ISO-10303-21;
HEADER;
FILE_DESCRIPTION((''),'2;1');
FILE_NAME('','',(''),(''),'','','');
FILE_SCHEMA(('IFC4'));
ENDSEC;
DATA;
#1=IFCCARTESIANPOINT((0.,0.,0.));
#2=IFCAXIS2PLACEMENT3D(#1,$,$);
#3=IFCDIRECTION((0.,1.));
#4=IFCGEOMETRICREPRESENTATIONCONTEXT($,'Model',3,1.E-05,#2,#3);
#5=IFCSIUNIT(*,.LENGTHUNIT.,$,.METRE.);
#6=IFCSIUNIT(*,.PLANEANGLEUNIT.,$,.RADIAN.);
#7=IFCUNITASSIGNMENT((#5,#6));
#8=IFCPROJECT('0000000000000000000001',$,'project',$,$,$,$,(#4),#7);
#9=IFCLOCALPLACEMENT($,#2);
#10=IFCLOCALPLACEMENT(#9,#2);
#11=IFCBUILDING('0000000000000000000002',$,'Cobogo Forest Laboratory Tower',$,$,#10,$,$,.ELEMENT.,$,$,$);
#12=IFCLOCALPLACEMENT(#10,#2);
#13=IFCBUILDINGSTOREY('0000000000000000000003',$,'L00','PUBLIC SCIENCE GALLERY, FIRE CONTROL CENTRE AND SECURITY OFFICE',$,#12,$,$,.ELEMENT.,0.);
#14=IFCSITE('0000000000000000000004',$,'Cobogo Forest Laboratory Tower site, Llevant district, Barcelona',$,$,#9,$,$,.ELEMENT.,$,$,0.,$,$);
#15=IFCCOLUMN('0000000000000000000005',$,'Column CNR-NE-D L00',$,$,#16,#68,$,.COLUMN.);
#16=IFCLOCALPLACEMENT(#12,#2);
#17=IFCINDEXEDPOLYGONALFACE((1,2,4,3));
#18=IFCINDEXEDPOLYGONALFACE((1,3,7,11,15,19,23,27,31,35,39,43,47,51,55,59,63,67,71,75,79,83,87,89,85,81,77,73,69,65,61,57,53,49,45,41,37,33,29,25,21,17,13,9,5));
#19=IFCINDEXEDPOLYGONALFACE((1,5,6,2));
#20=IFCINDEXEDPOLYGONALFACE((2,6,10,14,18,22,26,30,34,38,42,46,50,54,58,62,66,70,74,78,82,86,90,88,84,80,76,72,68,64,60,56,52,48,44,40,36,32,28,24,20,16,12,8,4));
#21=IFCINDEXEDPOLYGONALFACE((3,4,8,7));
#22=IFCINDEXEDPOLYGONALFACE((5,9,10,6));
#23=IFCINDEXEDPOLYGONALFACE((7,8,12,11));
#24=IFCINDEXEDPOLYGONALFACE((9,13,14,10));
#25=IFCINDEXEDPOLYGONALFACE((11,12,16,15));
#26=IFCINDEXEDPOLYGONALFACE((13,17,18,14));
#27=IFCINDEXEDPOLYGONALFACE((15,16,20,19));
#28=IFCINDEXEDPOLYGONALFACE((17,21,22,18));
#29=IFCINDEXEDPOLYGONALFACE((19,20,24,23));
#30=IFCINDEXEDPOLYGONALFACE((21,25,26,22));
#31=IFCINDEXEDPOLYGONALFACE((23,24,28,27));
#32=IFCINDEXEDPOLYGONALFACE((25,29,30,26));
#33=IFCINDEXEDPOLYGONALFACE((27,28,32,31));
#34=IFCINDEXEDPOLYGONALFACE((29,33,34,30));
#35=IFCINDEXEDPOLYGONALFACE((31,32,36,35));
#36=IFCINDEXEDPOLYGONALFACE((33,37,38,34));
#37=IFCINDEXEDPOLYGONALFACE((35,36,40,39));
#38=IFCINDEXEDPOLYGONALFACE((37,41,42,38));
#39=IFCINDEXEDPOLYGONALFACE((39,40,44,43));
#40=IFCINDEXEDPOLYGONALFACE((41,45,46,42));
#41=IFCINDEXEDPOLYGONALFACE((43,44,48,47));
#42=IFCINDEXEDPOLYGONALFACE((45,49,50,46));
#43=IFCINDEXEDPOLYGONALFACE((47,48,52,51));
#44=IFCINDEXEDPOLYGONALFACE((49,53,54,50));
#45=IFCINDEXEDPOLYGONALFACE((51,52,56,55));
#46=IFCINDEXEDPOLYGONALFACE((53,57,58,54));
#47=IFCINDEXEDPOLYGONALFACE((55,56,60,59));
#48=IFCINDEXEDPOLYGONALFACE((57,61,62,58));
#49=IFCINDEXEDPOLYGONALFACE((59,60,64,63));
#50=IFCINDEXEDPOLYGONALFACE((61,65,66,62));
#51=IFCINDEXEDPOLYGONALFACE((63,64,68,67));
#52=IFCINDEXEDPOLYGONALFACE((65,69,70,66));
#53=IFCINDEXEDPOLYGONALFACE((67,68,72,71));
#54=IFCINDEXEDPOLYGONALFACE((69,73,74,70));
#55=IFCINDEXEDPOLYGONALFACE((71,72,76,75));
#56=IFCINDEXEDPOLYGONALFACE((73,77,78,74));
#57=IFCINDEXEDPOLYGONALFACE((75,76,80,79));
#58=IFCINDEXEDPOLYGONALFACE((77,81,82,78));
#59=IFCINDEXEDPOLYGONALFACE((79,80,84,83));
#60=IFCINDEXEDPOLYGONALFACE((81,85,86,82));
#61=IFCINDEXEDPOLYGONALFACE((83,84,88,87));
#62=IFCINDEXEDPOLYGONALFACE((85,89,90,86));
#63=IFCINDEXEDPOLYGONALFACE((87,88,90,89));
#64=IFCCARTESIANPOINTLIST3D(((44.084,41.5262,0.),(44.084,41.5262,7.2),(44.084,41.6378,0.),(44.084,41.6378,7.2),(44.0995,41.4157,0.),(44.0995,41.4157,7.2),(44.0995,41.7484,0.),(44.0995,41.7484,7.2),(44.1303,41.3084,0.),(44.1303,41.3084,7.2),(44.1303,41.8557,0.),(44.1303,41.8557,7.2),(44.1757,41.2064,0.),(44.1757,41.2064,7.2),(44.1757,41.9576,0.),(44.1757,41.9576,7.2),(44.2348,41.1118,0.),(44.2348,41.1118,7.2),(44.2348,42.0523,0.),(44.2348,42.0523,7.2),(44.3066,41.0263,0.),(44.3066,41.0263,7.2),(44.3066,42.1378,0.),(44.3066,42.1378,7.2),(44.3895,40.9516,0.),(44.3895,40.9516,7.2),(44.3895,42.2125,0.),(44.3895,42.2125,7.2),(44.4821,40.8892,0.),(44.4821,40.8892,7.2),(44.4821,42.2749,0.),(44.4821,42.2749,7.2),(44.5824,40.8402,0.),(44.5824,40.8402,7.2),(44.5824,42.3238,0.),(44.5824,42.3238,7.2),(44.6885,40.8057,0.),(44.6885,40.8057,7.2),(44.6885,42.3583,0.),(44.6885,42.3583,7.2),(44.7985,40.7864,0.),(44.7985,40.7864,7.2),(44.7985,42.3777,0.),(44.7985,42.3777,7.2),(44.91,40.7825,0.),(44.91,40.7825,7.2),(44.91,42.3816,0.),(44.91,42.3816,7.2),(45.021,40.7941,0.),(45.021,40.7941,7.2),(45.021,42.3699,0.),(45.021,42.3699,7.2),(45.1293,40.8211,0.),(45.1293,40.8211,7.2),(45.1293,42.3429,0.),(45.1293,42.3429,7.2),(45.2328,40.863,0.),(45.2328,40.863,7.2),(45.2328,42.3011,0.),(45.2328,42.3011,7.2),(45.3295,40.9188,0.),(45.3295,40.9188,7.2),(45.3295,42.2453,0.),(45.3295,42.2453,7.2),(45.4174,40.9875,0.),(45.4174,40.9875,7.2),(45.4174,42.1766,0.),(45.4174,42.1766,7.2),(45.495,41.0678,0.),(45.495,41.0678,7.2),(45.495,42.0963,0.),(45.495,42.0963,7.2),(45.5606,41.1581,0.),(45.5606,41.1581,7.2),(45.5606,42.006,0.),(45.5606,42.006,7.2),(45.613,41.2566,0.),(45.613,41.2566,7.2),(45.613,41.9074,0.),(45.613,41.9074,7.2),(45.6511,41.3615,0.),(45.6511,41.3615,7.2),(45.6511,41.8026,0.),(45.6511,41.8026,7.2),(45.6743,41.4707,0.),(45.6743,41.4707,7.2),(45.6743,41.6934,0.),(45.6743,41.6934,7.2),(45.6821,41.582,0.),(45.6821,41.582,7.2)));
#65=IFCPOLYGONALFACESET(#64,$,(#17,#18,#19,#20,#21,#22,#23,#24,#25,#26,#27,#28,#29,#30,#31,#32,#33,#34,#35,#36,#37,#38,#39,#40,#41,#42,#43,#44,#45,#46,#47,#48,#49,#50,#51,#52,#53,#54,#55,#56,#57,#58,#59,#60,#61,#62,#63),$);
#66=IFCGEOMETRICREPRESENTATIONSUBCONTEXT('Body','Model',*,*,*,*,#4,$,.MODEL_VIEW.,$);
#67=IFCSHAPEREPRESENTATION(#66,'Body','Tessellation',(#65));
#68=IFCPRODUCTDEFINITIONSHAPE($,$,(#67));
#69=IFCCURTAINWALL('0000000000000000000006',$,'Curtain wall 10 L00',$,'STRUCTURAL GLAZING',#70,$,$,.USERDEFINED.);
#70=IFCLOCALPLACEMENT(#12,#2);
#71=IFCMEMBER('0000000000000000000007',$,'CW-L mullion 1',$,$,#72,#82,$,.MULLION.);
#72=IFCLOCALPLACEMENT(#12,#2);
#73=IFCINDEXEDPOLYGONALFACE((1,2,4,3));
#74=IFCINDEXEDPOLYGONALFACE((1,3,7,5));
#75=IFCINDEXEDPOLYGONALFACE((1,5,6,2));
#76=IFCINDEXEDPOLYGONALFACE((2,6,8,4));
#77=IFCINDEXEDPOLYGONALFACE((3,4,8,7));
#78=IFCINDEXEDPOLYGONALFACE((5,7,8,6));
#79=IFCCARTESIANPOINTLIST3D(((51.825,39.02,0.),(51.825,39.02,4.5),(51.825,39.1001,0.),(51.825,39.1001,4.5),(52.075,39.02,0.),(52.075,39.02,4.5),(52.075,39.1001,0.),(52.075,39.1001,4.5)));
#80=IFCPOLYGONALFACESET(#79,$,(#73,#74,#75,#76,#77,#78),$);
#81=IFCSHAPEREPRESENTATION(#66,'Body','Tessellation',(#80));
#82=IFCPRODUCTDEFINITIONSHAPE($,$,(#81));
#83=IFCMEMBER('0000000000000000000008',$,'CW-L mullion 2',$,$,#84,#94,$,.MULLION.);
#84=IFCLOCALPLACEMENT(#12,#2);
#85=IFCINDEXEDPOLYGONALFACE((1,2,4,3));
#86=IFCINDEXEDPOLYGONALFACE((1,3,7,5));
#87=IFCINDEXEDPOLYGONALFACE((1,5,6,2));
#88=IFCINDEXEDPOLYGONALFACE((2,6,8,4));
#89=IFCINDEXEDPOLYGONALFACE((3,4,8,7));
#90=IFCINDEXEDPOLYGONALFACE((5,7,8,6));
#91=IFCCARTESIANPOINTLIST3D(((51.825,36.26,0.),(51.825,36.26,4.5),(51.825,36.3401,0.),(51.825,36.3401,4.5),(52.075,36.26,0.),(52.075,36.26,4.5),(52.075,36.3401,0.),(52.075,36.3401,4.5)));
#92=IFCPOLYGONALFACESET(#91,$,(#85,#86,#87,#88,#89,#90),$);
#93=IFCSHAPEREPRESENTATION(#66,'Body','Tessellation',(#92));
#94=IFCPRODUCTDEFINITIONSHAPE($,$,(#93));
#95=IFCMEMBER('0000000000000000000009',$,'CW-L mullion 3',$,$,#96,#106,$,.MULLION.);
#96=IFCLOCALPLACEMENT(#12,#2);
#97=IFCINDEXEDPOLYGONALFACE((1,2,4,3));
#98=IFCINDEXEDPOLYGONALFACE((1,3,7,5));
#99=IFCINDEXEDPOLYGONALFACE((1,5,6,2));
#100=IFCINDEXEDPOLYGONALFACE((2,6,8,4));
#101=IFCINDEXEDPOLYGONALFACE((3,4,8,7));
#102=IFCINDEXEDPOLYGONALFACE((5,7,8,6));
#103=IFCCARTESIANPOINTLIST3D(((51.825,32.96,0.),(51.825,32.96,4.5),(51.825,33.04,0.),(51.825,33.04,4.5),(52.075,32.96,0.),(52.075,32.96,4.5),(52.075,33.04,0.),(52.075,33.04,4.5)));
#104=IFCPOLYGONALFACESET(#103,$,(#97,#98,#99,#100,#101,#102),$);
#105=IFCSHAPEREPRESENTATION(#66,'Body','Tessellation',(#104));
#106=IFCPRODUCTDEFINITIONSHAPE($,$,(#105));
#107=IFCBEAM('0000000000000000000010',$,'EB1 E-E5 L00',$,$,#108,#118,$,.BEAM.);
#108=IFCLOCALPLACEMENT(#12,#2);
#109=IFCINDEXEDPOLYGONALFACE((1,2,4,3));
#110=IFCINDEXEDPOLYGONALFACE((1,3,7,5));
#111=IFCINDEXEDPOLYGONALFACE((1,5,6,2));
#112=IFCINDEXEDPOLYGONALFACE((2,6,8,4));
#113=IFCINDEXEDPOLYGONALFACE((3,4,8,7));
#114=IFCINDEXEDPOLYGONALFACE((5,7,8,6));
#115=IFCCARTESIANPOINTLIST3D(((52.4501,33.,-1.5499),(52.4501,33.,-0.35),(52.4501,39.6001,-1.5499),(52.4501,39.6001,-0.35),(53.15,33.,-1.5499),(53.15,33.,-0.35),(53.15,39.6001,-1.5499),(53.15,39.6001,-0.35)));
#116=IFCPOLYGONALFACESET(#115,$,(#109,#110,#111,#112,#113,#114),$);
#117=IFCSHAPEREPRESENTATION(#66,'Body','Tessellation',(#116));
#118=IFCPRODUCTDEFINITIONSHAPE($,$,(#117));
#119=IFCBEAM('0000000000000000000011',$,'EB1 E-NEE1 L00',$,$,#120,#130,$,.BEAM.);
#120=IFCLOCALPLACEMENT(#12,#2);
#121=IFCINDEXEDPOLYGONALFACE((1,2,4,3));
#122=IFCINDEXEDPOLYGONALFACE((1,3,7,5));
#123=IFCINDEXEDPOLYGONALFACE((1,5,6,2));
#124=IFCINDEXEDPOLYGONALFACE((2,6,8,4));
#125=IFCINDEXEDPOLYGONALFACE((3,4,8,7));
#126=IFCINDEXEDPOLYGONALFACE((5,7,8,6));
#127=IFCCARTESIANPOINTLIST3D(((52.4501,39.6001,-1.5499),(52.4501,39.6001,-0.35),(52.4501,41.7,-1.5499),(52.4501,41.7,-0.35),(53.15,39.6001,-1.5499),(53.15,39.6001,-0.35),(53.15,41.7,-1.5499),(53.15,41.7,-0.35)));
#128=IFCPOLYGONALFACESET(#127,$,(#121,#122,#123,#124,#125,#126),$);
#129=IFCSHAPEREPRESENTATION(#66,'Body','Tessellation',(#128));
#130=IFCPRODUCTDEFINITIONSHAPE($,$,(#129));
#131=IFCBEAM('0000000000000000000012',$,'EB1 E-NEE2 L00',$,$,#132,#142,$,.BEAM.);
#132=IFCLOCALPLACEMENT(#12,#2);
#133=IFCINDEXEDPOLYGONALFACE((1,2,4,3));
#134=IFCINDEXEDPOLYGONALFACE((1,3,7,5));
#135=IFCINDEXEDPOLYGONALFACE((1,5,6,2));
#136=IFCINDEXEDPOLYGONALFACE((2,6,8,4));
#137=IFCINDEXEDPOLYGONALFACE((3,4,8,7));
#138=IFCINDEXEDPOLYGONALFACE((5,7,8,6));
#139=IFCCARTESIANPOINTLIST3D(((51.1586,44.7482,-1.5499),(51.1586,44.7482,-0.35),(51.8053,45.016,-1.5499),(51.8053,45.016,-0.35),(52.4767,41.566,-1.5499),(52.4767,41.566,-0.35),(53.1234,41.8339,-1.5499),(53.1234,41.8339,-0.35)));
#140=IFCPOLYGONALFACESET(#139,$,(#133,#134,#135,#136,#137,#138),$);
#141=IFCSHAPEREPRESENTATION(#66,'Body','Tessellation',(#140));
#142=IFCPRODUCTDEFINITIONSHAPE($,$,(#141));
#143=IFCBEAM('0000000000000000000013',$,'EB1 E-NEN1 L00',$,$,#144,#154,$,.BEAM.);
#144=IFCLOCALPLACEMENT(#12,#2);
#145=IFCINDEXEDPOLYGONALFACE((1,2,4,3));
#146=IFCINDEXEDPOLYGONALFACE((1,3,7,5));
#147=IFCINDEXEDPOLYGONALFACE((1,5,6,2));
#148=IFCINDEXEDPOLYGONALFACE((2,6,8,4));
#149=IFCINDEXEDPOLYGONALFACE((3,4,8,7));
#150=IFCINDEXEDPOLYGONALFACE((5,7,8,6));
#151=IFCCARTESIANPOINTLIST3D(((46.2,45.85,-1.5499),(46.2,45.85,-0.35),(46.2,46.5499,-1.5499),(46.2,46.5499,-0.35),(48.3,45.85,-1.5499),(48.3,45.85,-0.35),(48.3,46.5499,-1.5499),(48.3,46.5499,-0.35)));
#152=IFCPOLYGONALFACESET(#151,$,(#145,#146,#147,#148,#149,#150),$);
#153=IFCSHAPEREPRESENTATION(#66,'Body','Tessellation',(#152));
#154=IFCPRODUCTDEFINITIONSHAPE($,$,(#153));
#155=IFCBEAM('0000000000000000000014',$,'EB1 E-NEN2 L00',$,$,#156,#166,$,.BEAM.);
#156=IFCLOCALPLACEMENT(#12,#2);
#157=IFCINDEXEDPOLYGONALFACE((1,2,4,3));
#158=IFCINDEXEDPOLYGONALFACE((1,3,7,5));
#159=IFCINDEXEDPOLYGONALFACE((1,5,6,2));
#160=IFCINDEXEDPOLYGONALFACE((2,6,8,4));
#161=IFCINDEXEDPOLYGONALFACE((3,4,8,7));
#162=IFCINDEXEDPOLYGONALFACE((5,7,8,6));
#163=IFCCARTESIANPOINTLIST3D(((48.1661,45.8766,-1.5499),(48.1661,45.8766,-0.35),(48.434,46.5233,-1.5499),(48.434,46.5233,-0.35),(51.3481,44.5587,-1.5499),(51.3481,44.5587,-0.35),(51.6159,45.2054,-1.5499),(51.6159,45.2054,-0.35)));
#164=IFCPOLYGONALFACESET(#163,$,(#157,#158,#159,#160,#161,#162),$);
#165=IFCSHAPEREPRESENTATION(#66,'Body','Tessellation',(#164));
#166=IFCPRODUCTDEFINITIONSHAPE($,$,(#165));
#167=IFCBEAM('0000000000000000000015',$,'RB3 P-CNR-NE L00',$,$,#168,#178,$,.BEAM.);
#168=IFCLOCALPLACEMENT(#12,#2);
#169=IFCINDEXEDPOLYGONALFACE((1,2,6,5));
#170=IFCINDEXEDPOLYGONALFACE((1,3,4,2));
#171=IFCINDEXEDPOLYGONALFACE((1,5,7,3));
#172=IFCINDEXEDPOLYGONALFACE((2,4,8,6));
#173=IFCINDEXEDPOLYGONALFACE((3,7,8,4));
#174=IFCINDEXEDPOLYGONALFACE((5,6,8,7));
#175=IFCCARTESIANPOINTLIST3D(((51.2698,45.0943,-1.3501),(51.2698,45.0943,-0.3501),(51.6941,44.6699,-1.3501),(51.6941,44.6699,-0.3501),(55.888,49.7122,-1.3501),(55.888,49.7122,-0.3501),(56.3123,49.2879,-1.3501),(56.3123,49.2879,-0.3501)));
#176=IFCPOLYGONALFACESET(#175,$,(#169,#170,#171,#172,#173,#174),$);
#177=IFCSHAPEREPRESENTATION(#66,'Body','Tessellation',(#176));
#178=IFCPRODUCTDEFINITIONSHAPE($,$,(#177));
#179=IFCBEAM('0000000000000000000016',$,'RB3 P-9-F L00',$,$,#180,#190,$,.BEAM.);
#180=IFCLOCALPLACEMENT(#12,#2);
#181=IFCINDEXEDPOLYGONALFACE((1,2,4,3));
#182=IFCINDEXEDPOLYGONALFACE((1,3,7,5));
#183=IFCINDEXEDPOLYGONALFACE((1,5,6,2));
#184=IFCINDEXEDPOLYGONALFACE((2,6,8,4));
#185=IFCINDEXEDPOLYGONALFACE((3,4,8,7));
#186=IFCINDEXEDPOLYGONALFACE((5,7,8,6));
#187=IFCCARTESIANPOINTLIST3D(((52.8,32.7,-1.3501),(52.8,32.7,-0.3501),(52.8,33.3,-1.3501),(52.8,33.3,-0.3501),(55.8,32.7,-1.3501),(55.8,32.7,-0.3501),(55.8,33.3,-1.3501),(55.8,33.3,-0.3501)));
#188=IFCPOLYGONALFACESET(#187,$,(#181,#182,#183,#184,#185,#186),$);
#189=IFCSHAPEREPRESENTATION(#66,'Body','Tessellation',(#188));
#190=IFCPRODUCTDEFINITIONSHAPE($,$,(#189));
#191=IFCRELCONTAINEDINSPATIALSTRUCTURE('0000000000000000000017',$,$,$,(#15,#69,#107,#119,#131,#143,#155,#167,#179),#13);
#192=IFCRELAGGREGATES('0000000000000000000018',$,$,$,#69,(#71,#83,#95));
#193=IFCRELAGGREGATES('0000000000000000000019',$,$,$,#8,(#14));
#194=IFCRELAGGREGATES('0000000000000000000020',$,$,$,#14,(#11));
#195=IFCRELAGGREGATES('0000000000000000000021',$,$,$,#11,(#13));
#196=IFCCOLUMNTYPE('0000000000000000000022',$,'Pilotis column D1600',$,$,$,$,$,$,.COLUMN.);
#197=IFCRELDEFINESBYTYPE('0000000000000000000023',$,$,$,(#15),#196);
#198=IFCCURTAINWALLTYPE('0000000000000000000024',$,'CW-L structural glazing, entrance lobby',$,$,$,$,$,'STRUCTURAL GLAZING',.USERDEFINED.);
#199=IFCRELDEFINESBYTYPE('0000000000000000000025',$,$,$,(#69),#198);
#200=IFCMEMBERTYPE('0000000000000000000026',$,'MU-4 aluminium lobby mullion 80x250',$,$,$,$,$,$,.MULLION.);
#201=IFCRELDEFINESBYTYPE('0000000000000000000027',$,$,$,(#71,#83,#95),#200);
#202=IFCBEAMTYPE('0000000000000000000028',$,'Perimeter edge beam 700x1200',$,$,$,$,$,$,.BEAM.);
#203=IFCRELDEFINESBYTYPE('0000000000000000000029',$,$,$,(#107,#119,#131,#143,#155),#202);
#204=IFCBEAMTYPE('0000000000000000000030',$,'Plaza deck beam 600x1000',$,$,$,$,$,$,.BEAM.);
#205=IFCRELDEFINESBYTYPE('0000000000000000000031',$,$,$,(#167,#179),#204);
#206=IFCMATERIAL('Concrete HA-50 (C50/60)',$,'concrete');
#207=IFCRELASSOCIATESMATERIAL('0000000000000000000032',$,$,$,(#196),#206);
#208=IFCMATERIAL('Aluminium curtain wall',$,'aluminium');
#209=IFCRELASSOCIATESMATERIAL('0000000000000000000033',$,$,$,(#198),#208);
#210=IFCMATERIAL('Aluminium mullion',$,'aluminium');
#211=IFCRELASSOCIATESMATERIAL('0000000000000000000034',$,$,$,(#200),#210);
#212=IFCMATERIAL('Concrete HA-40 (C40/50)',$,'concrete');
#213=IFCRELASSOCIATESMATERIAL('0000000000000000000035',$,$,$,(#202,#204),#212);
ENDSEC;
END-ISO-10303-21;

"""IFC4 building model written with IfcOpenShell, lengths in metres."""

from ifc_helpers import new_model, si_unit, direction, frame, origin, origin_2d, place, context, subcontext, project, spatial, rectangle, circle, extrude, material, material_profile, profile_set, type_object, element, aggregate, save


model = new_model("IFC4")

# Units and contexts
model_context = context("Model", 3, precision=1e-05, world=origin(), true_north=direction((0.0, 1.0)))
body_context = subcontext(model_context, "Body", "Model", "MODEL_VIEW")
ifc_project = project(units=[si_unit("LENGTHUNIT", "METRE"), si_unit("PLANEANGLEUNIT", "RADIAN")], contexts=[model_context])

# Site, building, storey
site_placement = place(None, origin())
site = spatial("IfcSite", under=ifc_project, at=site_placement, Name="Cobogo Forest Laboratory Tower site, Llevant district, Barcelona", CompositionType="ELEMENT", RefElevation=0.0)
building_placement = place(site_placement, origin())
building = spatial("IfcBuilding", under=site, at=building_placement, Name="Cobogo Forest Laboratory Tower", CompositionType="ELEMENT")
storey_placement = place(building_placement, origin())
storey = spatial("IfcBuildingStorey", under=building, at=storey_placement, Name="L00", Description="PUBLIC SCIENCE GALLERY, FIRE CONTROL CENTRE AND SECURITY OFFICE", CompositionType="ELEMENT", Elevation=0.0)

# Column
ifc_material_1 = material(Name="Concrete HA-50 (C50/60)", Category="concrete")
ifc_material_profile_1 = material_profile(ifc_material_1, circle(Radius=0.8, at=origin_2d()), Name="RC D1600")
ifc_profile_set_1 = profile_set([ifc_material_profile_1], Name="Concrete HA-50 (C50/60)")
column_type_1 = type_object("IfcColumnType", Name="Pilotis column D1600", PredefinedType="COLUMN", material=ifc_profile_set_1)
for number, where, z_axis, x_axis, name in (
    (1, (44.8821, 41.582, 0.0), (0.0, 0.0, 1.0), (1.0, 0.0, 0.0), "Column CNR-NE-D L00"),
):
    element("IfcColumn", number, at=place(storey_placement, frame(where, z_axis=z_axis, x_axis=x_axis)), inside=storey, type_object=column_type_1, Name=name, PredefinedType="COLUMN", context=body_context, shape_type="SweptSolid", body=[
        extrude(circle(Radius=0.8, at=origin_2d()), origin(), (0.0, 0.0, 1.0), 7.2),
    ])

# Curtain wall, members
ifc_material_2 = material(Name="Aluminium curtain wall", Category="aluminium")
curtain_wall_type = type_object("IfcCurtainWallType", Name="CW-L structural glazing, entrance lobby", ElementType="STRUCTURAL GLAZING", PredefinedType="USERDEFINED", material=ifc_material_2)
curtain_wall_placement = place(storey_placement, origin())
curtain_wall = element("IfcCurtainWall", 2, at=curtain_wall_placement, inside=storey, type_object=curtain_wall_type, Name="Curtain wall 10 L00", ObjectType="STRUCTURAL GLAZING", PredefinedType="USERDEFINED")
ifc_material_3 = material(Name="Aluminium mullion", Category="aluminium")
ifc_material_profile_2 = material_profile(ifc_material_3, rectangle(XDim=0.0801, YDim=0.25, at=origin_2d()), Name="AL 80x250")
ifc_profile_set_2 = profile_set([ifc_material_profile_2], Name="Aluminium mullion")
member_type_1 = type_object("IfcMemberType", Name="MU-4 aluminium lobby mullion 80x250", PredefinedType="MULLION", material=ifc_profile_set_2)
member_1_placement = place(storey_placement, frame((51.95, 39.0601, 0.0), z_axis=(0.0, 0.0, 1.0), x_axis=(0.0, -1.0, 0.0)))
member_1 = element("IfcMember", 3, at=member_1_placement, type_object=member_type_1, Name="CW-L mullion 1", PredefinedType="MULLION", context=body_context, shape_type="SweptSolid", body=[
    extrude(rectangle(XDim=0.0801, YDim=0.25, at=origin_2d()), origin(), (0.0, 0.0, 1.0), 4.5),
])
member_2_placement = place(storey_placement, frame((51.95, 36.3, 0.0), z_axis=(0.0, 0.0, 1.0), x_axis=(0.0, -1.0, 0.0)))
member_2 = element("IfcMember", 4, at=member_2_placement, type_object=member_type_1, Name="CW-L mullion 2", PredefinedType="MULLION", context=body_context, shape_type="SweptSolid", body=[
    extrude(rectangle(XDim=0.0801, YDim=0.25, at=origin_2d()), origin(), (0.0, 0.0, 1.0), 4.5),
])
member_3_placement = place(storey_placement, frame((51.95, 33.0, 0.0), z_axis=(0.0, 0.0, 1.0), x_axis=(0.0, -1.0, 0.0)))
member_3 = element("IfcMember", 5, at=member_3_placement, type_object=member_type_1, Name="CW-L mullion 3", PredefinedType="MULLION", context=body_context, shape_type="SweptSolid", body=[
    extrude(rectangle(XDim=0.0801, YDim=0.25, at=origin_2d()), origin(), (0.0, 0.0, 1.0), 4.5),
])

# Beams
ifc_material_4 = material(Name="Concrete HA-40 (C40/50)", Category="concrete")
ifc_material_profile_3 = material_profile(ifc_material_4, rectangle(XDim=0.7, YDim=1.2, at=origin_2d()), Name="RC 700x1200")
ifc_profile_set_3 = profile_set([ifc_material_profile_3], Name="Concrete HA-40 (C40/50)")
beam_type_1 = type_object("IfcBeamType", Name="Perimeter edge beam 700x1200", PredefinedType="BEAM", material=ifc_profile_set_3)
beam_1_placement = place(storey_placement, frame((52.8, 33.0, -0.95), z_axis=(0.0, 1.0, 0.0), x_axis=(-1.0, 0.0, 0.0)))
element("IfcBeam", 6, at=beam_1_placement, inside=storey, type_object=beam_type_1, Name="EB1 E-E5 L00", PredefinedType="BEAM", context=body_context, shape_type="SweptSolid", body=[
    extrude(rectangle(XDim=0.7, YDim=1.2, at=origin_2d()), origin(), (0.0, 0.0, 1.0), 6.6001),
])
beam_2_placement = place(storey_placement, frame((52.8, 39.6001, -0.95), z_axis=(0.0, 1.0, 0.0), x_axis=(-1.0, 0.0, 0.0)))
element("IfcBeam", 7, at=beam_2_placement, inside=storey, type_object=beam_type_1, Name="EB1 E-NEE1 L00", PredefinedType="BEAM", context=body_context, shape_type="SweptSolid", body=[
    extrude(rectangle(XDim=0.7, YDim=1.2, at=origin_2d()), origin(), (0.0, 0.0, 1.0), 2.0999),
])
beam_3_placement = place(storey_placement, frame((52.8, 41.7, -0.95), z_axis=(-0.382692, 0.923876, 0.0), x_axis=(-0.923876, -0.382692, 0.0)))
element("IfcBeam", 8, at=beam_3_placement, inside=storey, type_object=beam_type_1, Name="EB1 E-NEE2 L00", PredefinedType="BEAM", context=body_context, shape_type="SweptSolid", body=[
    extrude(rectangle(XDim=0.7, YDim=1.2, at=origin_2d()), origin(), (0.0, 0.0, 1.0), 3.4443),
])
beam_4_placement = place(storey_placement, frame((46.2, 46.2, -0.95), z_axis=(1.0, 0.0, 0.0), x_axis=(0.0, 1.0, 0.0)))
element("IfcBeam", 9, at=beam_4_placement, inside=storey, type_object=beam_type_1, Name="EB1 E-NEN1 L00", PredefinedType="BEAM", context=body_context, shape_type="SweptSolid", body=[
    extrude(rectangle(XDim=0.7, YDim=1.2, at=origin_2d()), origin(), (0.0, 0.0, 1.0), 2.1001),
])
beam_5_placement = place(storey_placement, frame((48.3, 46.2, -0.95), z_axis=(0.923891, -0.382656, 0.0), x_axis=(0.382656, 0.923891, 0.0)))
element("IfcBeam", 10, at=beam_5_placement, inside=storey, type_object=beam_type_1, Name="EB1 E-NEN2 L00", PredefinedType="BEAM", context=body_context, shape_type="SweptSolid", body=[
    extrude(rectangle(XDim=0.7, YDim=1.2, at=origin_2d()), origin(), (0.0, 0.0, 1.0), 3.4441),
])
ifc_material_profile_4 = material_profile(ifc_material_4, rectangle(XDim=0.6001, YDim=1.0, at=origin_2d()), Name="RC 600x1000")
ifc_profile_set_4 = profile_set([ifc_material_profile_4], Name="Concrete HA-40 (C40/50)")
beam_type_2 = type_object("IfcBeamType", Name="Plaza deck beam 600x1000", PredefinedType="BEAM", material=ifc_profile_set_4)
beam_6_placement = place(storey_placement, frame((51.4819, 44.8821, -0.8501), z_axis=(0.707125, 0.707088, 0.0), x_axis=(-0.707088, 0.707125, 0.0)))
element("IfcBeam", 11, at=beam_6_placement, inside=storey, type_object=beam_type_2, Name="RB3 P-CNR-NE L00", PredefinedType="BEAM", context=body_context, shape_type="SweptSolid", body=[
    extrude(rectangle(XDim=0.6001, YDim=1.0, at=origin_2d()), origin(), (0.0, 0.0, 1.0), 6.531),
])
for number, where, z_axis, x_axis, name in (
    (12, (52.8, 33.0, -0.8501), (1.0, 0.0, 0.0), (0.0, 1.0, 0.0), "RB3 P-9-F L00"),
):
    element("IfcBeam", number, at=place(storey_placement, frame(where, z_axis=z_axis, x_axis=x_axis)), inside=storey, type_object=beam_type_2, Name=name, PredefinedType="BEAM", context=body_context, shape_type="SweptSolid", body=[
        extrude(rectangle(XDim=0.6001, YDim=1.0, at=origin_2d()), origin(), (0.0, 0.0, 1.0), 3.0),
    ])

aggregate(curtain_wall, [member_1, member_2, member_3])

save(model, "model.ifc")
